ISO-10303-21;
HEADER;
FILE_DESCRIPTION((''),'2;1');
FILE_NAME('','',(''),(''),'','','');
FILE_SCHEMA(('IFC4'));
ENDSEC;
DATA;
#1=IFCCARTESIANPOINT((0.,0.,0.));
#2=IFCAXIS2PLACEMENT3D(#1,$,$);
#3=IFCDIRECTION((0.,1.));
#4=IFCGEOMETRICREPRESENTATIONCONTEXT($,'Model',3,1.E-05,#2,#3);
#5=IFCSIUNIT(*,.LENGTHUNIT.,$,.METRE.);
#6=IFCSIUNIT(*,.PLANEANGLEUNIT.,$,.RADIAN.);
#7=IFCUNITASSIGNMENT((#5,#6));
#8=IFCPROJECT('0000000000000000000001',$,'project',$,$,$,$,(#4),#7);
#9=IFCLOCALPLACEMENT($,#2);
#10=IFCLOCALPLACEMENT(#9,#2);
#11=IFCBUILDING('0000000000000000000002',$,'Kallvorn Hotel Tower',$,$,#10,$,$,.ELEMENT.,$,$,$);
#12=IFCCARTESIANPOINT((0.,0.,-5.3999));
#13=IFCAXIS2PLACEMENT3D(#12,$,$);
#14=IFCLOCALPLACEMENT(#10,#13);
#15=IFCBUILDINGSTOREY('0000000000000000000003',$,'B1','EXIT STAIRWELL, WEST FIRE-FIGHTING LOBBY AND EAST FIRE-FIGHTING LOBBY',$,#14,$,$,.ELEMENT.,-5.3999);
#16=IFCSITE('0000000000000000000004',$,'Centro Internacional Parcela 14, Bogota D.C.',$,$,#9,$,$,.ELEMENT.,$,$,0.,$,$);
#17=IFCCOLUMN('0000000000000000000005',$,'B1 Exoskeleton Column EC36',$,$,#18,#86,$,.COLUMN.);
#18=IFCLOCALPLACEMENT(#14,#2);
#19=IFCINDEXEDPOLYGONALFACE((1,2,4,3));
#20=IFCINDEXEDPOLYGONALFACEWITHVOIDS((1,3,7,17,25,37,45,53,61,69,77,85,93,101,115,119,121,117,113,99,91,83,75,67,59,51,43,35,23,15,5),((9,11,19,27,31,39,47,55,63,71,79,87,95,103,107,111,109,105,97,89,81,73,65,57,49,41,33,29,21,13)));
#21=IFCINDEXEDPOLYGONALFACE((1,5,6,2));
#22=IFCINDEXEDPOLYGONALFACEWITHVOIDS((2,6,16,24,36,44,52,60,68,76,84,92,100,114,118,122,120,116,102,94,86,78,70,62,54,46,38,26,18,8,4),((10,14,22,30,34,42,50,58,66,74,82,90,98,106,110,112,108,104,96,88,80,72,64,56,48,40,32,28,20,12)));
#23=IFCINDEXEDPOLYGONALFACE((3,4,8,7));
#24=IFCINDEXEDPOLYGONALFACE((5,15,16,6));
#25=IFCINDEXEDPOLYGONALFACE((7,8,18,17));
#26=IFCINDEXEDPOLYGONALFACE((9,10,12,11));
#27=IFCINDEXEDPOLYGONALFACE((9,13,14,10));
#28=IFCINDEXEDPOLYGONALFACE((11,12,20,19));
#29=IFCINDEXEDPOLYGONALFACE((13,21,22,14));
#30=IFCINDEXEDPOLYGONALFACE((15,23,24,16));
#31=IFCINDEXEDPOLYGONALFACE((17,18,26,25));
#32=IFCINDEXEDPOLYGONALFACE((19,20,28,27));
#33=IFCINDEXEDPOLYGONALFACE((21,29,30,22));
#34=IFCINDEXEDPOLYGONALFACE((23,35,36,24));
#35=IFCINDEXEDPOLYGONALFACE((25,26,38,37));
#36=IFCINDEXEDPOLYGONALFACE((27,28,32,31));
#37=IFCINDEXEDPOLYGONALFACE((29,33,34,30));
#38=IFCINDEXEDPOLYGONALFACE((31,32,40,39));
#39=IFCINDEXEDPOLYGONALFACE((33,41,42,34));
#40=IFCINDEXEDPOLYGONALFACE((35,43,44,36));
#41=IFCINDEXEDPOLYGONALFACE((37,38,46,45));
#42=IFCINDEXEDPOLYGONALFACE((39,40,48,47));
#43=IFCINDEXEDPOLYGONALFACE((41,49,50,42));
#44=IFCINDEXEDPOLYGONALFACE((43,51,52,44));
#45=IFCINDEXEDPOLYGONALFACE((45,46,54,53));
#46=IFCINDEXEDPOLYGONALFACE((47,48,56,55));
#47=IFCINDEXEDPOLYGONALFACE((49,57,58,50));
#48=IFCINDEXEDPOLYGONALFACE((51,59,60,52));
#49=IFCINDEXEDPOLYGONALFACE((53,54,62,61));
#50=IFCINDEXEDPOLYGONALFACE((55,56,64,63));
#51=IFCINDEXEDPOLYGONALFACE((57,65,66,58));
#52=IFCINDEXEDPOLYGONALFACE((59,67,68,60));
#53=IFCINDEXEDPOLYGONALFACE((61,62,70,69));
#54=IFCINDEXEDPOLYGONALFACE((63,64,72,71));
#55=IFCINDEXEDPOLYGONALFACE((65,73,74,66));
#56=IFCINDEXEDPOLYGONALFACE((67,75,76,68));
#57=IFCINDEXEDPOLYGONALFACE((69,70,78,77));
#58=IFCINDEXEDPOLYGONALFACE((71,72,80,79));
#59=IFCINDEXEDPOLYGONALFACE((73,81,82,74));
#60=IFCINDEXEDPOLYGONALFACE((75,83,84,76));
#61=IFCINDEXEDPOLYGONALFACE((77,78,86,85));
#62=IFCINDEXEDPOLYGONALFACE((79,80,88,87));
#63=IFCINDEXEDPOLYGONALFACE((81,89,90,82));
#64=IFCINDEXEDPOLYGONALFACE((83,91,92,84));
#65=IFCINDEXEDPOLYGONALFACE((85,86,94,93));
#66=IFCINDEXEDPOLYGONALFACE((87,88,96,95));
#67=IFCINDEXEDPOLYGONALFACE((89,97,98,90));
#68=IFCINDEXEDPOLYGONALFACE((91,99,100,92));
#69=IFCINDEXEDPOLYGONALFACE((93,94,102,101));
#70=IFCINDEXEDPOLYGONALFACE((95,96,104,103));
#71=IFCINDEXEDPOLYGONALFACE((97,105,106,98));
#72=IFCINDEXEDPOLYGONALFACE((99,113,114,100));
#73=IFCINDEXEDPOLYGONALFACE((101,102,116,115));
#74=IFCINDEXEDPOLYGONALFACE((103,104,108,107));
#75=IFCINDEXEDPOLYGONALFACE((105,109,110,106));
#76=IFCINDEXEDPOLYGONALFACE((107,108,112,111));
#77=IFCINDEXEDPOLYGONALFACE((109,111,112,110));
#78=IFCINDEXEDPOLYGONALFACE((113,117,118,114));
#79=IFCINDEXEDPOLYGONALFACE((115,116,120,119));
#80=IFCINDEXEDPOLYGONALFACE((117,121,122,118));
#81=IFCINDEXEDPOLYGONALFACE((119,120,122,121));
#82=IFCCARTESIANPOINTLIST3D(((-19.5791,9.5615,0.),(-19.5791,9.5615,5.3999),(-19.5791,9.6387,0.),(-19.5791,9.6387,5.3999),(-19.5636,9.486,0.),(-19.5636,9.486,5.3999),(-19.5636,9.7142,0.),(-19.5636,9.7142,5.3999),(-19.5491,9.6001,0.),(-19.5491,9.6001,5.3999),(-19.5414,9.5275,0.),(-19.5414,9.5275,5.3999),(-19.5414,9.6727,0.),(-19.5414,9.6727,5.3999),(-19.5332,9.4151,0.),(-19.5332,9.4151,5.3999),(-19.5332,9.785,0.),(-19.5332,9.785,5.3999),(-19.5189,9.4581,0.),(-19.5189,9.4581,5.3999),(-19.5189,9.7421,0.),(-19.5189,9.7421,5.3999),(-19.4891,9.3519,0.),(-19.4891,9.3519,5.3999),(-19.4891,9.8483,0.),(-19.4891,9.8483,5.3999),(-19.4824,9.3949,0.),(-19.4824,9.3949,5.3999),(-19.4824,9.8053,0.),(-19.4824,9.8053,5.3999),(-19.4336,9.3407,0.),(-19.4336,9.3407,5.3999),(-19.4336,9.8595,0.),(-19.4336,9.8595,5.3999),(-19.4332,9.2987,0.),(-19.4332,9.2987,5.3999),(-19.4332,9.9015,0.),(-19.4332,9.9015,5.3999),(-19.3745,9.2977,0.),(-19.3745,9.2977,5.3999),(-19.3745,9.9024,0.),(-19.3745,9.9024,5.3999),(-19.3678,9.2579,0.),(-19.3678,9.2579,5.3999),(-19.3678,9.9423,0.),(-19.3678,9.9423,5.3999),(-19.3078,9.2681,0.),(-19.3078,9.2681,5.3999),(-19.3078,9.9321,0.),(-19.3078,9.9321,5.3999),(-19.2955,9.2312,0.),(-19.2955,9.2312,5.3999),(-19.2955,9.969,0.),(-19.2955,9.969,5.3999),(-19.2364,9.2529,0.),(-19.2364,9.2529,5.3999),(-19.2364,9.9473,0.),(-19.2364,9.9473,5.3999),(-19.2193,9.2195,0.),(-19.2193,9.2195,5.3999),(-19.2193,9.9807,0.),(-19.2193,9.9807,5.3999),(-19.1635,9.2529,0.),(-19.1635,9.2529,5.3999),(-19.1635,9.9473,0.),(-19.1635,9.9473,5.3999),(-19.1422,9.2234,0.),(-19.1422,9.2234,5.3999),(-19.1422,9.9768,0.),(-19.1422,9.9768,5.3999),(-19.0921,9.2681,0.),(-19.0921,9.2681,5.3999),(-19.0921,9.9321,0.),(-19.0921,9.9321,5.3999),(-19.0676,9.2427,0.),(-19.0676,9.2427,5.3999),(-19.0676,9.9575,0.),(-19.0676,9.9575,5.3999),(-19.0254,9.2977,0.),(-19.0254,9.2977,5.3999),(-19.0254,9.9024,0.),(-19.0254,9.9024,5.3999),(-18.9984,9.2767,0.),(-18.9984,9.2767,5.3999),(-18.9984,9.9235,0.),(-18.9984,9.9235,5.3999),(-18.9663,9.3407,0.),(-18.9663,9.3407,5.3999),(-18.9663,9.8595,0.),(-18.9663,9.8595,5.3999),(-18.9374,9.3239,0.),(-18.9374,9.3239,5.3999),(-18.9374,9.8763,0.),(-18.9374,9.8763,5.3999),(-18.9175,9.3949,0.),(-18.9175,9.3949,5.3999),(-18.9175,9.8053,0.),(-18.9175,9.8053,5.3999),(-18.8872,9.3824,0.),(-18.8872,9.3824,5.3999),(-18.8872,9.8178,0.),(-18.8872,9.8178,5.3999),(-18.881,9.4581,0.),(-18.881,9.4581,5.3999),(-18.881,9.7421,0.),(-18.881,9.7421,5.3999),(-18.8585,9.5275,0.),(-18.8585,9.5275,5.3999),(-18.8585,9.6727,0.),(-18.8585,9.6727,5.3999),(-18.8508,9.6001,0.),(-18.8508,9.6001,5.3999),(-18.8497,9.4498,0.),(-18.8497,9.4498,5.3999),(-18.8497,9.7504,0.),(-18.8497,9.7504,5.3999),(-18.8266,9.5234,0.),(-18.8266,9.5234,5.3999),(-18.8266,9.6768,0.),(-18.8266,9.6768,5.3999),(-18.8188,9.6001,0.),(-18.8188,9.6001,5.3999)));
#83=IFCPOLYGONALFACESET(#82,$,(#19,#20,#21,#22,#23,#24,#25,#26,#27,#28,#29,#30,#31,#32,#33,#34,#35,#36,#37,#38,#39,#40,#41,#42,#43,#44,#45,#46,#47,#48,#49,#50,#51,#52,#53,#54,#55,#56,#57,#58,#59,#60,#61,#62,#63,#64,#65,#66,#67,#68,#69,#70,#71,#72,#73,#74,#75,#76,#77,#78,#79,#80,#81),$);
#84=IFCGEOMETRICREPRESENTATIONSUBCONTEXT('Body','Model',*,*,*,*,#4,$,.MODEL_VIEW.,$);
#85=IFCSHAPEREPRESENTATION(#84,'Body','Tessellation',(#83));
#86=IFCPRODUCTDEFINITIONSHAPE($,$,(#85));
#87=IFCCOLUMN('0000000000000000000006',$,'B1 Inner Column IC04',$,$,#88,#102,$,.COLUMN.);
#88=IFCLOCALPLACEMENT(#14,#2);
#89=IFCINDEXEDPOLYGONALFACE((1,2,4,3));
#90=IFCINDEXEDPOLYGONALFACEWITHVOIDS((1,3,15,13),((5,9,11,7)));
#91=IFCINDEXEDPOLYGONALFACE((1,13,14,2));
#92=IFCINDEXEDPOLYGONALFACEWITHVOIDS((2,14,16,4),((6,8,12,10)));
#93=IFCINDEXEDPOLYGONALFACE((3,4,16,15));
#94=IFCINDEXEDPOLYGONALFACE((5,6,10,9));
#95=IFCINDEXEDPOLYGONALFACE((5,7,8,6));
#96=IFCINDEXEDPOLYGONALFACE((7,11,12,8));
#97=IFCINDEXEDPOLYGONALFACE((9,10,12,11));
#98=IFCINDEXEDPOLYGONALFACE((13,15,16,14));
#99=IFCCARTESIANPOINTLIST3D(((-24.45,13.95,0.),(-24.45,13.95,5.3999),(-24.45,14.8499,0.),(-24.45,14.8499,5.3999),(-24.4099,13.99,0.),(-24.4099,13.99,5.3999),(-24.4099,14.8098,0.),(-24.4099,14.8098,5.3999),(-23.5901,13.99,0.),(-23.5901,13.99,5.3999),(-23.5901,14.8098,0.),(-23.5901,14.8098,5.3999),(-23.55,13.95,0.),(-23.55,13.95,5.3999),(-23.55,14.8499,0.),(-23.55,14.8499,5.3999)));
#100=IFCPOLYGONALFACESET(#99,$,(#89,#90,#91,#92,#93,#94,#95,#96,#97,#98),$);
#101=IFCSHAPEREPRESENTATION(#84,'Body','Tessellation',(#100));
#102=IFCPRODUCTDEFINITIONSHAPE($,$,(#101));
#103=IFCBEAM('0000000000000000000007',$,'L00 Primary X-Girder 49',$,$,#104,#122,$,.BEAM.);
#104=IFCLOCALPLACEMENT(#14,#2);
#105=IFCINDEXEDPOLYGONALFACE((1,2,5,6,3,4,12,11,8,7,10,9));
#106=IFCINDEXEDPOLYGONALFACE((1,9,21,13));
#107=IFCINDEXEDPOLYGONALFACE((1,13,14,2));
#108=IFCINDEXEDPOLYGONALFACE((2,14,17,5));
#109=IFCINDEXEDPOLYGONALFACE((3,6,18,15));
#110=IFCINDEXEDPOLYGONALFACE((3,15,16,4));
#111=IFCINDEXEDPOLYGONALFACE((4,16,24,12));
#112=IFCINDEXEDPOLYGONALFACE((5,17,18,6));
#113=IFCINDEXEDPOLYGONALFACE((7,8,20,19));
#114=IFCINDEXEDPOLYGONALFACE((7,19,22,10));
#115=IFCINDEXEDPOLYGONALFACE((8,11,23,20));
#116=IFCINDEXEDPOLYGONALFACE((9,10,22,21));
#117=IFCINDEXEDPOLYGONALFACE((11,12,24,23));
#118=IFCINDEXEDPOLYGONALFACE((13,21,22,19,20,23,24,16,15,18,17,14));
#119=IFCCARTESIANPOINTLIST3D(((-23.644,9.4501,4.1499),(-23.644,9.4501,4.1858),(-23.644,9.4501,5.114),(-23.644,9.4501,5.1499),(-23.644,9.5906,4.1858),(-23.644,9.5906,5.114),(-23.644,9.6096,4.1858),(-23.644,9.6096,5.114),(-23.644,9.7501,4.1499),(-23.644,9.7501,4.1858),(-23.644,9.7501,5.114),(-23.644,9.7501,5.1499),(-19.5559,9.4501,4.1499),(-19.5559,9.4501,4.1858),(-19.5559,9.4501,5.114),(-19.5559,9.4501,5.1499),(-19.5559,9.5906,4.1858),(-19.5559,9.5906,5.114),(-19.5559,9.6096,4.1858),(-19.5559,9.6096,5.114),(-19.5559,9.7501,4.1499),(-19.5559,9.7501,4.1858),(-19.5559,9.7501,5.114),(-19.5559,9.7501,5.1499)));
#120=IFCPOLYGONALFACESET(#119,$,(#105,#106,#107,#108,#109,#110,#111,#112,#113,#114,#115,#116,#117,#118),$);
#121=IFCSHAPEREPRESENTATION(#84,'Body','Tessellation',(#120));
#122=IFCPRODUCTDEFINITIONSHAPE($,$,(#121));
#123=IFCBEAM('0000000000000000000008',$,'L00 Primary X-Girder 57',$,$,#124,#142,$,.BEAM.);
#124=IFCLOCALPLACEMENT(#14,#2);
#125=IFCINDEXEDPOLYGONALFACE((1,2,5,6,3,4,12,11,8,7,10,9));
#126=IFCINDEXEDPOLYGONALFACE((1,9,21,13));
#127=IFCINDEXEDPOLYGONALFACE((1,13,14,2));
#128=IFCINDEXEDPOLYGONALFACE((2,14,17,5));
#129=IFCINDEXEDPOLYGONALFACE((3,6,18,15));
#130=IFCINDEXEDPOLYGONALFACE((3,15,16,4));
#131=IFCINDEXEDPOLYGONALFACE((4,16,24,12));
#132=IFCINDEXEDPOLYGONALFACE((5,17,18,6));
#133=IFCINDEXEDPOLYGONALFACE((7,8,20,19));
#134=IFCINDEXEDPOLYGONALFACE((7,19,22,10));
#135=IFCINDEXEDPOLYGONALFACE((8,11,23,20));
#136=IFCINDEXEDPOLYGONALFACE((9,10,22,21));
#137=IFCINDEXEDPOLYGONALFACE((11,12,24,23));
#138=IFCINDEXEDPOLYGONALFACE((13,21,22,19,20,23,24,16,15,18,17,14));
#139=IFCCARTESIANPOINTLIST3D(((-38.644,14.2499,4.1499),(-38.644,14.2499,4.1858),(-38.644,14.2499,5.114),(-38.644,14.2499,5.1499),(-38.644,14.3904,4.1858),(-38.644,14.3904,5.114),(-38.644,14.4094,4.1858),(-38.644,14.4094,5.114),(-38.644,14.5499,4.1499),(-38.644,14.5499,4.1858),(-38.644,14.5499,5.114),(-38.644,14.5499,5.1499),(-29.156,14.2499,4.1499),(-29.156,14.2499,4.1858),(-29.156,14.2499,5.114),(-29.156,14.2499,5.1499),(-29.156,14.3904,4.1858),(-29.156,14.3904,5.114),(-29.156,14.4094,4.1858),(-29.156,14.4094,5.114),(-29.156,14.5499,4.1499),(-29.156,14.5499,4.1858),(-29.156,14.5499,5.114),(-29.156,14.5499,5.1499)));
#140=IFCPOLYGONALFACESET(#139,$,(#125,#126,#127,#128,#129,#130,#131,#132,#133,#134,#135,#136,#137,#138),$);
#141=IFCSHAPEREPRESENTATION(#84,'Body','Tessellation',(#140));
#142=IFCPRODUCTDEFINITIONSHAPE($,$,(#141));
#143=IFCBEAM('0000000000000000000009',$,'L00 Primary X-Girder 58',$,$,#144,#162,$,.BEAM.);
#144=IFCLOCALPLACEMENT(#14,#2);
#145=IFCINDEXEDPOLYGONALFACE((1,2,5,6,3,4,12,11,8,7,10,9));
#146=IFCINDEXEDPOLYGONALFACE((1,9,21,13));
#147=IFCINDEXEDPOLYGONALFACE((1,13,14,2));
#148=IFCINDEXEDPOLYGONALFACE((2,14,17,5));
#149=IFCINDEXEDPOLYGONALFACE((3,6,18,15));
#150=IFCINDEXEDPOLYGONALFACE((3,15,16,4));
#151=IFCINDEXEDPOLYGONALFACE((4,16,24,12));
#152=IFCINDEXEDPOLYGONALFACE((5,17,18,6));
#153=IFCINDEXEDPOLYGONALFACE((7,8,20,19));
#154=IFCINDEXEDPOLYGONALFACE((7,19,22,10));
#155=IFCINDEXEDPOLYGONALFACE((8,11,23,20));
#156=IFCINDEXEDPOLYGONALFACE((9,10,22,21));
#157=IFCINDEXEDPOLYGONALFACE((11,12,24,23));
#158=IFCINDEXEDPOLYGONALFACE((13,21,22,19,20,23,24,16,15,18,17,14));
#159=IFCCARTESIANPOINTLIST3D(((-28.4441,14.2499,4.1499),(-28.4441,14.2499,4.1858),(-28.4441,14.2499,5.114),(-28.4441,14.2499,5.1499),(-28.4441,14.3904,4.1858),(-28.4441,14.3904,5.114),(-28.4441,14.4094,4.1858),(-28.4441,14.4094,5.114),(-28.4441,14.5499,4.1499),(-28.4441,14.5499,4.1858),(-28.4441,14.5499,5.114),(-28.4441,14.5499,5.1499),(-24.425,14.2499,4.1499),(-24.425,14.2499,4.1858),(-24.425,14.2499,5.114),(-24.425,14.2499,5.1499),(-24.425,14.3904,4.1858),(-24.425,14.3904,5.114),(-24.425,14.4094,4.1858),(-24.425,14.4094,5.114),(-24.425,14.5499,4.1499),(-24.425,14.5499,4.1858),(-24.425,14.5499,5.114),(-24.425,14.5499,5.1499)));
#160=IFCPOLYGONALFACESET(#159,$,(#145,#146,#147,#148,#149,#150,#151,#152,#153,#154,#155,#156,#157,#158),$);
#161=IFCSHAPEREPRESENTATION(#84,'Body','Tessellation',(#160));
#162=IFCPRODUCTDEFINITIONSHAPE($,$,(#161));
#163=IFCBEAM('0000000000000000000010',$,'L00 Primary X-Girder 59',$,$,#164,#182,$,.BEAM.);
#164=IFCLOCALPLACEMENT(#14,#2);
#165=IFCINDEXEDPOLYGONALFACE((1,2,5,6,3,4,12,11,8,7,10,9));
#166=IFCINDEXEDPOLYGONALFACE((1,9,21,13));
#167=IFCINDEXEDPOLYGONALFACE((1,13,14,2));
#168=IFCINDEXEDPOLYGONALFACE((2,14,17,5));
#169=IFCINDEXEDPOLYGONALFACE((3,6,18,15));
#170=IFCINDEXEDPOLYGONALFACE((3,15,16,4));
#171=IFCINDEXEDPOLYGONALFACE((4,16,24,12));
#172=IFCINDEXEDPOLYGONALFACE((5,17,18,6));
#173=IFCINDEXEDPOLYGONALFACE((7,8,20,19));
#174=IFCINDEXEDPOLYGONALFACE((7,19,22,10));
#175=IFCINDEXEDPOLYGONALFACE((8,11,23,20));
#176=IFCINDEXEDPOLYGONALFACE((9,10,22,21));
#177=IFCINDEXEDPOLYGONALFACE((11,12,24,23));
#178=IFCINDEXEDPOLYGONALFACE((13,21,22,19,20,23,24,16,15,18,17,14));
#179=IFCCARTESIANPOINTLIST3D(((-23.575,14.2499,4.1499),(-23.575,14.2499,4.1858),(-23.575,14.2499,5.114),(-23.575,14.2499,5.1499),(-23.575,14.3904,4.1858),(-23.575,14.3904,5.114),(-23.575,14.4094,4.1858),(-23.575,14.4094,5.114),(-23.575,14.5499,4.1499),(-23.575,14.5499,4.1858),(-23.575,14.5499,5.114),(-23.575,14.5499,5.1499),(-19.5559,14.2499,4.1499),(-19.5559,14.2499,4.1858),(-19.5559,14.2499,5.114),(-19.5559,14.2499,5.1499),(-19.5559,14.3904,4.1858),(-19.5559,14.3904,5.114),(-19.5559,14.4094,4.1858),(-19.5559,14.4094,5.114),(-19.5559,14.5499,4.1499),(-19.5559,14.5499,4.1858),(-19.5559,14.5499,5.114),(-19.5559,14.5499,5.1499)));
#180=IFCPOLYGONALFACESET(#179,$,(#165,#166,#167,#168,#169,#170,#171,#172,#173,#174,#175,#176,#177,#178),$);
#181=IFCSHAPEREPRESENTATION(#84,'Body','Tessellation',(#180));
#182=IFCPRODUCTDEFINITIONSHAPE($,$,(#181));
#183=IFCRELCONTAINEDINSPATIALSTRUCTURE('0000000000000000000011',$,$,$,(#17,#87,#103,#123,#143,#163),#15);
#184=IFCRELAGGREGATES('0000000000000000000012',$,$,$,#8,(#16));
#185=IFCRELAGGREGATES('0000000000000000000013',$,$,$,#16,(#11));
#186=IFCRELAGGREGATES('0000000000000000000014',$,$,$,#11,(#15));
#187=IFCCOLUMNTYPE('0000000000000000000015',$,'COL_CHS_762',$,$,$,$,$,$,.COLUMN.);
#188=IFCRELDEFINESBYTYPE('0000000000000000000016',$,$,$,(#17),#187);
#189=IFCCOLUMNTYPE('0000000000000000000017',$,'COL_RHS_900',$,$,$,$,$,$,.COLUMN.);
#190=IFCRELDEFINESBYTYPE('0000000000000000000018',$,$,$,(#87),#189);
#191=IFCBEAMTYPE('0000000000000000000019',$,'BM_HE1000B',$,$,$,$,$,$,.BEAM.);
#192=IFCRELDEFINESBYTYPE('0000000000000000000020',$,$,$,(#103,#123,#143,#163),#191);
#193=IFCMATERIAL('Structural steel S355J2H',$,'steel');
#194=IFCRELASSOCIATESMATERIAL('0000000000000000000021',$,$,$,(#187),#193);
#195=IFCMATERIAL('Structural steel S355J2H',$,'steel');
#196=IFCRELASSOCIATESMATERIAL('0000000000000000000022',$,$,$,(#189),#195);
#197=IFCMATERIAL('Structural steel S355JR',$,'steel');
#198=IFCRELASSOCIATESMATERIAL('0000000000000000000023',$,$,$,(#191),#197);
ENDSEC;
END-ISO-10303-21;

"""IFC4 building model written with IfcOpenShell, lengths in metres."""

from ifc_helpers import new_model, si_unit, direction, frame, origin, origin_2d, place, context, subcontext, project, spatial, hollow_rectangle, hollow_circle, i_section, extrude, material, material_profile, profile_set, type_object, element, save


model = new_model("IFC4")

# Units and contexts
model_context = context("Model", 3, precision=1e-05, world=origin(), true_north=direction((0.0, 1.0)))
body_context = subcontext(model_context, "Body", "Model", "MODEL_VIEW")
ifc_project = project(units=[si_unit("LENGTHUNIT", "METRE"), si_unit("PLANEANGLEUNIT", "RADIAN")], contexts=[model_context])

# Site, building, storey
site_placement = place(None, origin())
site = spatial("IfcSite", under=ifc_project, at=site_placement, Name="Centro Internacional Parcela 14, Bogota D.C.", CompositionType="ELEMENT", RefElevation=0.0)
building_placement = place(site_placement, origin())
building = spatial("IfcBuilding", under=site, at=building_placement, Name="Kallvorn Hotel Tower", CompositionType="ELEMENT")
storey_placement = place(building_placement, frame((0.0, 0.0, -5.3999)))
storey = spatial("IfcBuildingStorey", under=building, at=storey_placement, Name="B1", Description="EXIT STAIRWELL, WEST FIRE-FIGHTING LOBBY AND EAST FIRE-FIGHTING LOBBY", CompositionType="ELEMENT", Elevation=-5.3999)

# Columns
ifc_material_1 = material(Name="Structural steel S355J2H", Category="steel")
ifc_material_profile_1 = material_profile(ifc_material_1, hollow_circle(Radius=0.3811, WallThickness=0.032, at=origin_2d()), Name="CHS 762x32")
ifc_profile_set_1 = profile_set([ifc_material_profile_1], Name="Structural steel S355J2H")
column_type_1 = type_object("IfcColumnType", Name="COL_CHS_762", PredefinedType="COLUMN", material=ifc_profile_set_1)
for number, where, z_axis, x_axis, name in (
    (1, (-19.2, 9.6001, 0.0), (0.0, 0.0, 1.0), (1.0, 0.0, 0.0), "B1 Exoskeleton Column EC36"),
):
    element("IfcColumn", number, at=place(storey_placement, frame(where, z_axis=z_axis, x_axis=x_axis)), inside=storey, type_object=column_type_1, Name=name, PredefinedType="COLUMN", context=body_context, shape_type="SweptSolid", body=[
        extrude(hollow_circle(Radius=0.3811, WallThickness=0.032, at=origin_2d()), origin(), (0.0, 0.0, 1.0), 5.3999),
    ])
ifc_material_2 = material(Name="Structural steel S355J2H", Category="steel")
ifc_material_profile_2 = material_profile(ifc_material_2, hollow_rectangle(XDim=0.8999, YDim=0.8999, WallThickness=0.04, at=origin_2d()), Name="RHS 900x900x40")
ifc_profile_set_2 = profile_set([ifc_material_profile_2], Name="Structural steel S355J2H")
column_type_2 = type_object("IfcColumnType", Name="COL_RHS_900", PredefinedType="COLUMN", material=ifc_profile_set_2)
column_placement = place(storey_placement, frame((-24.0, 14.3999, 0.0), z_axis=(0.0, 0.0, 1.0), x_axis=(1.0, 0.0, 0.0)))
element("IfcColumn", 2, at=column_placement, inside=storey, type_object=column_type_2, Name="B1 Inner Column IC04", PredefinedType="COLUMN", context=body_context, shape_type="SweptSolid", body=[
    extrude(hollow_rectangle(XDim=0.8999, YDim=0.8999, WallThickness=0.04, at=origin_2d()), origin(), (0.0, 0.0, 1.0), 5.3999),
])

# Beams
ifc_material_3 = material(Name="Structural steel S355JR", Category="steel")
ifc_material_profile_3 = material_profile(ifc_material_3, i_section(OverallWidth=0.3, OverallDepth=1.0, WebThickness=0.019, FlangeThickness=0.0359, at=origin_2d()), Name="HE 1000 B")
ifc_profile_set_3 = profile_set([ifc_material_profile_3], Name="Structural steel S355JR")
beam_type_1 = type_object("IfcBeamType", Name="BM_HE1000B", PredefinedType="BEAM", material=ifc_profile_set_3)
beam_1_placement = place(storey_placement, frame((-23.644, 9.6001, 4.6499), z_axis=(1.0, 0.0, 0.0), x_axis=(0.0, 1.0, 0.0)))
element("IfcBeam", 3, at=beam_1_placement, inside=storey, type_object=beam_type_1, Name="L00 Primary X-Girder 49", PredefinedType="BEAM", context=body_context, shape_type="SweptSolid", body=[
    extrude(i_section(OverallWidth=0.3, OverallDepth=1.0, WebThickness=0.019, FlangeThickness=0.0359, at=origin_2d()), origin(), (0.0, 0.0, 1.0), 4.0881),
])
beam_2_placement = place(storey_placement, frame((-38.644, 14.3999, 4.6499), z_axis=(1.0, 0.0, 0.0), x_axis=(0.0, 1.0, 0.0)))
element("IfcBeam", 4, at=beam_2_placement, inside=storey, type_object=beam_type_1, Name="L00 Primary X-Girder 57", PredefinedType="BEAM", context=body_context, shape_type="SweptSolid", body=[
    extrude(i_section(OverallWidth=0.3, OverallDepth=1.0, WebThickness=0.019, FlangeThickness=0.0359, at=origin_2d()), origin(), (0.0, 0.0, 1.0), 9.488),
])
for number, where, z_axis, x_axis, name in (
    (5, (-28.4441, 14.3999, 4.6499), (1.0, 0.0, 0.0), (0.0, 1.0, 0.0), "L00 Primary X-Girder 58"),
    (6, (-23.575, 14.3999, 4.6499), (1.0, 0.0, 0.0), (0.0, 1.0, 0.0), "L00 Primary X-Girder 59"),
):
    element("IfcBeam", number, at=place(storey_placement, frame(where, z_axis=z_axis, x_axis=x_axis)), inside=storey, type_object=beam_type_1, Name=name, PredefinedType="BEAM", context=body_context, shape_type="SweptSolid", body=[
        extrude(i_section(OverallWidth=0.3, OverallDepth=1.0, WebThickness=0.019, FlangeThickness=0.0359, at=origin_2d()), origin(), (0.0, 0.0, 1.0), 4.019),
    ])

save(model, "model.ifc")
